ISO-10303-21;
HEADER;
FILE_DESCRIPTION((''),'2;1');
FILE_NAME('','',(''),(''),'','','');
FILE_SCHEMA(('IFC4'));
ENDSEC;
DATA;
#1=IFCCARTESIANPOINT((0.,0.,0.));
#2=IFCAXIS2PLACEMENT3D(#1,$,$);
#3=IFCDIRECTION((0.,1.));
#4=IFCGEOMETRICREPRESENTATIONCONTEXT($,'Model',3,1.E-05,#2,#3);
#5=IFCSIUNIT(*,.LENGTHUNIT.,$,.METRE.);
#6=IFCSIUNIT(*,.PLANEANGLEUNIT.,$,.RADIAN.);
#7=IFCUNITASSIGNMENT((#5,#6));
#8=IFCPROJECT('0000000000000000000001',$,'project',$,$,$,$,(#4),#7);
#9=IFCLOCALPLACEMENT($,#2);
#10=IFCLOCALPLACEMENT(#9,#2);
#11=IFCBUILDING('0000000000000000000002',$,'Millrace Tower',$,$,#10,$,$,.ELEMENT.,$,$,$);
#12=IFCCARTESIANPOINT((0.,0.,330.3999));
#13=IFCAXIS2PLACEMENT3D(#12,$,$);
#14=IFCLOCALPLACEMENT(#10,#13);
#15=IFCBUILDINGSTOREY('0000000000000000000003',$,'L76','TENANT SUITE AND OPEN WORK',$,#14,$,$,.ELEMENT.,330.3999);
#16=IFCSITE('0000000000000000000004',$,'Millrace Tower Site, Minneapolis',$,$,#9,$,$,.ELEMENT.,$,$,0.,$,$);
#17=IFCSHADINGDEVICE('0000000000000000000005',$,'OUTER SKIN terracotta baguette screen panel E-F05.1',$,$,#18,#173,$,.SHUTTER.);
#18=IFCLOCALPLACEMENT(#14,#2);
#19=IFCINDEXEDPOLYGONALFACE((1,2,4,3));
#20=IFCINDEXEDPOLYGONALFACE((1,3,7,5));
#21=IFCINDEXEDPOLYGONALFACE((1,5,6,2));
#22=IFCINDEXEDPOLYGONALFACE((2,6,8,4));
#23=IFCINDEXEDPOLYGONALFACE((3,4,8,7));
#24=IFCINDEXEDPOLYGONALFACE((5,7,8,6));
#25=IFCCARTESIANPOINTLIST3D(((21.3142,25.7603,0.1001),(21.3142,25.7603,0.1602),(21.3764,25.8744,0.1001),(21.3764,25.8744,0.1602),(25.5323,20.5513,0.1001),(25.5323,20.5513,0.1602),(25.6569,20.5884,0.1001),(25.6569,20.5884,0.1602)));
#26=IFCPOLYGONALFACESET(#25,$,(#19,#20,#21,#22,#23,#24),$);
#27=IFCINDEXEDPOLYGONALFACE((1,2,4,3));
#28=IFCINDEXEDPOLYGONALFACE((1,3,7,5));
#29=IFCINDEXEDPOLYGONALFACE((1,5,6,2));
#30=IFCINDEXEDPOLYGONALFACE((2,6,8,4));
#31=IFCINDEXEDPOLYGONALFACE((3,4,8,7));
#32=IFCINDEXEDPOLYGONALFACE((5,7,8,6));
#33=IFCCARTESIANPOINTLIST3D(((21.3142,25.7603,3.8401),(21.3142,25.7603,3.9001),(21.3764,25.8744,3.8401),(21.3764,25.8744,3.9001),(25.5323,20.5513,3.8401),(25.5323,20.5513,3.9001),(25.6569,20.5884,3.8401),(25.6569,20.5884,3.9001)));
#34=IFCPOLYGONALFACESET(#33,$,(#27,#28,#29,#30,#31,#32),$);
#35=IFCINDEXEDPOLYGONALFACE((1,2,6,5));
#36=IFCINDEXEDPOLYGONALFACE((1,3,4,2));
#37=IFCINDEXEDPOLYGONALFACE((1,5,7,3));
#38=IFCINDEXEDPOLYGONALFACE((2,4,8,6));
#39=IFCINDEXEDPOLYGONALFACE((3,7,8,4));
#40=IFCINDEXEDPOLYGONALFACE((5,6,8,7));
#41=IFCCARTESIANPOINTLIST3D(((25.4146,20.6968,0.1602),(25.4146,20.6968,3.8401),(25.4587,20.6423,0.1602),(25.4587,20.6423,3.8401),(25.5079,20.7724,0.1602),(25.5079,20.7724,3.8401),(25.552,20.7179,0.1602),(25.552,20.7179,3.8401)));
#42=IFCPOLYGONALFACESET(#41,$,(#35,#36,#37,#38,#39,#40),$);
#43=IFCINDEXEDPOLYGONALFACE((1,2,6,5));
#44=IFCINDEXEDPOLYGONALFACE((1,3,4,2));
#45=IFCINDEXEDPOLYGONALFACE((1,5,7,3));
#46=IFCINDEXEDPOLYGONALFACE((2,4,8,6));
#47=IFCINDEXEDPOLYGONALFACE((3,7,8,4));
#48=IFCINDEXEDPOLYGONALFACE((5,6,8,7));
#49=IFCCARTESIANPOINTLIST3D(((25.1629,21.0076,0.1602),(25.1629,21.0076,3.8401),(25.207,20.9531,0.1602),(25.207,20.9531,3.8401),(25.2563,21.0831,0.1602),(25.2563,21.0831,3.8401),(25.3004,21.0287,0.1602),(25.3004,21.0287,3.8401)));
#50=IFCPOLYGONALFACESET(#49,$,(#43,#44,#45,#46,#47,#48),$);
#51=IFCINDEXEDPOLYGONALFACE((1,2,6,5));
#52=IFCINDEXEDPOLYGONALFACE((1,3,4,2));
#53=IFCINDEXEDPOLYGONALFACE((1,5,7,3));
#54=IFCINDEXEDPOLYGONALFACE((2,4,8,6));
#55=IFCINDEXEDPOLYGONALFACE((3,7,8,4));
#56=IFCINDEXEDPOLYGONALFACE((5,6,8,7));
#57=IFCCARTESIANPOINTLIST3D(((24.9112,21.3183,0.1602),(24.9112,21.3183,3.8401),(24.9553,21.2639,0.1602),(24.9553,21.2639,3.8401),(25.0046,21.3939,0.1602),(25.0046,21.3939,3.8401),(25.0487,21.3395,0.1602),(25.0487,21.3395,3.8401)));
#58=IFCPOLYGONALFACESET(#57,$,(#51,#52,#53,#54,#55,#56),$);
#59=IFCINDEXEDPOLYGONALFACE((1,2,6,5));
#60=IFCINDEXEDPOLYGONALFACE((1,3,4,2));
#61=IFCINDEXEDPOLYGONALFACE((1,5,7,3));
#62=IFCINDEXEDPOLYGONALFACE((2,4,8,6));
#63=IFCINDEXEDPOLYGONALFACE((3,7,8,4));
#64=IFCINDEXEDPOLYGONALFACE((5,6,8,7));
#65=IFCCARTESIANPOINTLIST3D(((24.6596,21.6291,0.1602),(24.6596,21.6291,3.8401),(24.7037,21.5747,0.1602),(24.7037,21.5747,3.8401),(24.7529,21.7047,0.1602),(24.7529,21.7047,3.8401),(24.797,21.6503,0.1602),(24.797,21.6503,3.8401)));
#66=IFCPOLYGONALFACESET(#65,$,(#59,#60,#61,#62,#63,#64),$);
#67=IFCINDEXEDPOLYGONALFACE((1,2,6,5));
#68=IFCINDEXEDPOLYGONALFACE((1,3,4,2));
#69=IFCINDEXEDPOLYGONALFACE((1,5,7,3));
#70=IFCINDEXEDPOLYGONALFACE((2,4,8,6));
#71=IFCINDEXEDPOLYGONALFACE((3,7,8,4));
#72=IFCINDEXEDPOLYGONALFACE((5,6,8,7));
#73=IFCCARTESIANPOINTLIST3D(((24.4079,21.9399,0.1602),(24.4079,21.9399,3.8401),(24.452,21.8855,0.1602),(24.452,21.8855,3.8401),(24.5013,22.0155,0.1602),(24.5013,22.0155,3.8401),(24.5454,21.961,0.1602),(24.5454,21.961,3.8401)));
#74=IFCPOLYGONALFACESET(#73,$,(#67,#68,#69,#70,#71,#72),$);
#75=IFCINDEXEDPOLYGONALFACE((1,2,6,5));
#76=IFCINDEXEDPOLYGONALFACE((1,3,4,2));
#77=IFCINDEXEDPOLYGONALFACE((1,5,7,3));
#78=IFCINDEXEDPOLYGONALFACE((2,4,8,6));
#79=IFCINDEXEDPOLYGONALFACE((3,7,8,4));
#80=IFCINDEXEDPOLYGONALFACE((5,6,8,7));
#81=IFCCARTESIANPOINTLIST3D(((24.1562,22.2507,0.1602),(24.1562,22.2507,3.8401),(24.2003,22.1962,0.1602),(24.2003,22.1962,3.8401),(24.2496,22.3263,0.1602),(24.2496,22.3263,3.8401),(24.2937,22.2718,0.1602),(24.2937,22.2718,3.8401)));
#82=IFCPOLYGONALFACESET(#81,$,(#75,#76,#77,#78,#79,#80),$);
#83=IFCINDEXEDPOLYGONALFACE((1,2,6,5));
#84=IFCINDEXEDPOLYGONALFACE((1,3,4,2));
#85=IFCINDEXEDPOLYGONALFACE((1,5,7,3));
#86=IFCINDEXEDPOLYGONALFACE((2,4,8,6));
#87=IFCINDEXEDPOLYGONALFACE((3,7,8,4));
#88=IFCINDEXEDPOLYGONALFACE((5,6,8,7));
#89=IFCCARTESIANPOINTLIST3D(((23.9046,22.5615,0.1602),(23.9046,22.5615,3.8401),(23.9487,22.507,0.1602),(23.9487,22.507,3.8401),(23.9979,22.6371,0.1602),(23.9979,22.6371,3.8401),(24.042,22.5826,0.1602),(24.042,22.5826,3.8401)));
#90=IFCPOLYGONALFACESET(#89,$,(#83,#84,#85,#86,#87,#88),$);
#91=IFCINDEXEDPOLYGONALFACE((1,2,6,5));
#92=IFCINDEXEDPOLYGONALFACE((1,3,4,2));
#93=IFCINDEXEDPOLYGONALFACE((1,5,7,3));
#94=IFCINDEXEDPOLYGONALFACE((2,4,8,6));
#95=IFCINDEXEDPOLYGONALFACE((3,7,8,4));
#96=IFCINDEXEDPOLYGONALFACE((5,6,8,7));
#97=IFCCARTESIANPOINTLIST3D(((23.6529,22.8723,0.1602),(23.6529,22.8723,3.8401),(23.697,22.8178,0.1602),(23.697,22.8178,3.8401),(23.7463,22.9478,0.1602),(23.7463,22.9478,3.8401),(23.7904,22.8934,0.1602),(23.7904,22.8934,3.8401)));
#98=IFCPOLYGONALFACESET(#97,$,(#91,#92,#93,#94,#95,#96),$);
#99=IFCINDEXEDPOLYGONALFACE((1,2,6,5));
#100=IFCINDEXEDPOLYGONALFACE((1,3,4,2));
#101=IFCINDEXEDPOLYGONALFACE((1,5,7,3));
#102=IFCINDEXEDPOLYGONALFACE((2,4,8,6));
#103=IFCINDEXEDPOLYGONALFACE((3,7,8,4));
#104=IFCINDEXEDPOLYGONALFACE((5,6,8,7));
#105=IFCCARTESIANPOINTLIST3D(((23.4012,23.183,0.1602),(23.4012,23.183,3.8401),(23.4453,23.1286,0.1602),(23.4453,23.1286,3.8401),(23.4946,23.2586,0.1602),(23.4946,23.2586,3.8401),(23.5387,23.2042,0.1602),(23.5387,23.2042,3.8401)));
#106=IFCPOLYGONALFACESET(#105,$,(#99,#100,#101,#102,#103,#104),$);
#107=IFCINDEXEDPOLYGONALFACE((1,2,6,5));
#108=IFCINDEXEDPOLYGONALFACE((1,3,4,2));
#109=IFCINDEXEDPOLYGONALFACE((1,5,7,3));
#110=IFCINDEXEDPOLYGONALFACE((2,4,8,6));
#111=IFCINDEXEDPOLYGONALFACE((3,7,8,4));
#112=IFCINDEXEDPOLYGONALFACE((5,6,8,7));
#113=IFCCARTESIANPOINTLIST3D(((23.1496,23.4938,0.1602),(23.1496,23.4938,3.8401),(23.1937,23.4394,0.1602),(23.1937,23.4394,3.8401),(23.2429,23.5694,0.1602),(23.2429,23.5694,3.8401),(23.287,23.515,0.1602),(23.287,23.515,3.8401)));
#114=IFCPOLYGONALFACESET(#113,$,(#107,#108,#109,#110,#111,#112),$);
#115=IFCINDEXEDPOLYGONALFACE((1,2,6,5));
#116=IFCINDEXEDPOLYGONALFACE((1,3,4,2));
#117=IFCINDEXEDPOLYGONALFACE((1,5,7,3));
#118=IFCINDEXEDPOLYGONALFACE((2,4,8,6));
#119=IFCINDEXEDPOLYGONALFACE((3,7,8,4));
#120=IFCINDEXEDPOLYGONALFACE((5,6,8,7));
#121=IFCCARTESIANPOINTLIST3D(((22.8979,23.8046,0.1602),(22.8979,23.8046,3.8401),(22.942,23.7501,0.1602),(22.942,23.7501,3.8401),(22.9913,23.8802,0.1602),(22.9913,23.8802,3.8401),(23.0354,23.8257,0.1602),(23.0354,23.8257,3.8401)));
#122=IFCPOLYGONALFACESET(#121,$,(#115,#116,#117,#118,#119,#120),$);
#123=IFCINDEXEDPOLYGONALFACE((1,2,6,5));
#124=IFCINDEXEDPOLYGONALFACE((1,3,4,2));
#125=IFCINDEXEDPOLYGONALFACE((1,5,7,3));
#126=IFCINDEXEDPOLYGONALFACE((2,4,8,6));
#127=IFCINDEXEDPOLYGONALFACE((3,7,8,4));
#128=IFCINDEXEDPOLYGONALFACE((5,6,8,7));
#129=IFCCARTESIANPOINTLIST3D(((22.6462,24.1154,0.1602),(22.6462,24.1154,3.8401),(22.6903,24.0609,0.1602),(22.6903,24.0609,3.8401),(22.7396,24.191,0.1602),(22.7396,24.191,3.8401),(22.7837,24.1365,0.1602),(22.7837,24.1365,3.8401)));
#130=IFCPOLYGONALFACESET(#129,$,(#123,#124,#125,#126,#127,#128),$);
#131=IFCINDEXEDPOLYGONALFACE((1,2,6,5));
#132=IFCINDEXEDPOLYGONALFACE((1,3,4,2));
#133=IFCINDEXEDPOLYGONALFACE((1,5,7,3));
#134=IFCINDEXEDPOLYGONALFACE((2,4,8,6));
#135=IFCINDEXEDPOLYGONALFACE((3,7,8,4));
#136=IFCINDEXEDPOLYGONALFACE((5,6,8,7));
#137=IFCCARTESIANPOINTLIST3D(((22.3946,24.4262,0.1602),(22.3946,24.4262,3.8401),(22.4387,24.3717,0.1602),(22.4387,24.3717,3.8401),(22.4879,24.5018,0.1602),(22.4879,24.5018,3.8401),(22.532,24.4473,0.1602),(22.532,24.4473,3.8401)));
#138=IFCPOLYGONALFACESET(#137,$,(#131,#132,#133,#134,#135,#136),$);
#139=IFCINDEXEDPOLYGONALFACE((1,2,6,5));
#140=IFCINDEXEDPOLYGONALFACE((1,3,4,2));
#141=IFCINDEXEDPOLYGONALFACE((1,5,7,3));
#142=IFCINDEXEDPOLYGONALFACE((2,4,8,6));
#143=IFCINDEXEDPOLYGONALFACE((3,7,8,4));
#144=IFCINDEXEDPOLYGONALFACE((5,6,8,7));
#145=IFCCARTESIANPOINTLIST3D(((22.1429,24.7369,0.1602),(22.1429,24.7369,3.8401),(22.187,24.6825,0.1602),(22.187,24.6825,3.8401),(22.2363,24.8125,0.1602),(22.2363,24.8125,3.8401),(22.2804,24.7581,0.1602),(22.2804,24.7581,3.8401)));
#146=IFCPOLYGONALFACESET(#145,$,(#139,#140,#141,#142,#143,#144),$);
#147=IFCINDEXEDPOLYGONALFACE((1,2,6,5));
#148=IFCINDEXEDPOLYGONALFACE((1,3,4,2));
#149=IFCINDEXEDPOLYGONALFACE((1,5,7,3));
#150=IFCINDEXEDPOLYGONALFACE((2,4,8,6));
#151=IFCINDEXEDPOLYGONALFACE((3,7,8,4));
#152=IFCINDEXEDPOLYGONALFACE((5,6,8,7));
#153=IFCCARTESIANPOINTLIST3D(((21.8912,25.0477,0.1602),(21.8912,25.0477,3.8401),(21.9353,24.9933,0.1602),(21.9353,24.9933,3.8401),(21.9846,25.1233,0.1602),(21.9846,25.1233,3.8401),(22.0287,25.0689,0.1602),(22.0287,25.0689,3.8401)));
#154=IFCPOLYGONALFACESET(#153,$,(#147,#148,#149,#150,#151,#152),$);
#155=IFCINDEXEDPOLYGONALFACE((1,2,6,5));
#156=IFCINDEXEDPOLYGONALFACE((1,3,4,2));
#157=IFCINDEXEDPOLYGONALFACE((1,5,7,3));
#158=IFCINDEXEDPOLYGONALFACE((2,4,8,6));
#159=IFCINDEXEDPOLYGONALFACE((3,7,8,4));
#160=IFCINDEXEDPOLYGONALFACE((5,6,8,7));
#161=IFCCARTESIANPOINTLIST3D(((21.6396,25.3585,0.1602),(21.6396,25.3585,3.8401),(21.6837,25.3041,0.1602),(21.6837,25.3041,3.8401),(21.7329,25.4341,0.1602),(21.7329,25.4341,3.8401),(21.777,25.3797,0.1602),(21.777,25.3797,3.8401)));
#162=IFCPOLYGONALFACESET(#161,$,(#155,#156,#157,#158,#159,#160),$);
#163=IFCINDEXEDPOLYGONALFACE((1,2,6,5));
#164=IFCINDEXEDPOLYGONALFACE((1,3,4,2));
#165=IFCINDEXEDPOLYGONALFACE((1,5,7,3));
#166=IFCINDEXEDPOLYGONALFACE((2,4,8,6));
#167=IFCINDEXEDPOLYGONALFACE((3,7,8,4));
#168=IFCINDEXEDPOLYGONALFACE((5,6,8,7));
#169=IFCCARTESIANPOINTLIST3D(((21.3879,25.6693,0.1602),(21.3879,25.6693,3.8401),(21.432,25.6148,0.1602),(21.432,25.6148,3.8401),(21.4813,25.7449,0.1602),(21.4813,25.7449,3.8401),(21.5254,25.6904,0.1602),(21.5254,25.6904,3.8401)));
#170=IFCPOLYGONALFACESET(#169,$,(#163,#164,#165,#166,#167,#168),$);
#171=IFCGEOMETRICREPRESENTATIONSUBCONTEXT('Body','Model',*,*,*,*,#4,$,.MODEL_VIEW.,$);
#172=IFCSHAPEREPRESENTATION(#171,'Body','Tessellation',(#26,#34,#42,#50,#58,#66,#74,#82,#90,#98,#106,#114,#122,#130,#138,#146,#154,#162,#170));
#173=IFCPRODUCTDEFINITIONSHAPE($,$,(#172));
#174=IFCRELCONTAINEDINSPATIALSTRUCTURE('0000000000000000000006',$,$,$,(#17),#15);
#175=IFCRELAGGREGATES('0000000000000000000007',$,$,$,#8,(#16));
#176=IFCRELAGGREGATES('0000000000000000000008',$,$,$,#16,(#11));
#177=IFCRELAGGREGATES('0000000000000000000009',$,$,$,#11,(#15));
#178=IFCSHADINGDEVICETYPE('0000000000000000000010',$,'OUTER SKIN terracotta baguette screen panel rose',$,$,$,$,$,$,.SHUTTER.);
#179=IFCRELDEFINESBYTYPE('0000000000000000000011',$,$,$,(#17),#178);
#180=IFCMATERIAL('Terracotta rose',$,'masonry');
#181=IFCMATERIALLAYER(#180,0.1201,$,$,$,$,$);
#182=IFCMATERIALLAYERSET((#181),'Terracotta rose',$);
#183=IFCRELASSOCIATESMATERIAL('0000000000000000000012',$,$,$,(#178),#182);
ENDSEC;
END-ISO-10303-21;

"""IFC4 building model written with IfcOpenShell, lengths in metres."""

from ifc_helpers import new_model, entity, si_unit, direction, frame, frame_2d, origin, origin_2d, place, context, subcontext, project, spatial, rectangle, extrude, source, transform, mapped, material, layer, layer_set, type_object, element, save


model = new_model("IFC4")

# Units and contexts
model_context = context("Model", 3, precision=1e-05, world=origin(), true_north=direction((0.0, 1.0)))
body_context = subcontext(model_context, "Body", "Model", "MODEL_VIEW")
ifc_project = project(units=[si_unit("LENGTHUNIT", "METRE"), si_unit("PLANEANGLEUNIT", "RADIAN")], contexts=[model_context])

# Site, building, storey
site_placement = place(None, origin())
site = spatial("IfcSite", under=ifc_project, at=site_placement, Name="Millrace Tower Site, Minneapolis", CompositionType="ELEMENT", RefElevation=0.0)
building_placement = place(site_placement, origin())
building = spatial("IfcBuilding", under=site, at=building_placement, Name="Millrace Tower", CompositionType="ELEMENT")
storey_placement = place(building_placement, frame((0.0, 0.0, 330.3999)))
storey = spatial("IfcBuildingStorey", under=building, at=storey_placement, Name="L76", Description="TENANT SUITE AND OPEN WORK", CompositionType="ELEMENT", Elevation=330.3999)

# Shading device
ifc_material_1 = material(Name="Terracotta rose", Category="masonry")
ifc_layer_1 = layer(ifc_material_1, 0.1201)
ifc_layer_set_1 = layer_set([ifc_layer_1], Name="Terracotta rose")
shading_device_type = type_object("IfcShadingDeviceType", Name="OUTER SKIN terracotta baguette screen panel rose", PredefinedType="SHUTTER", material=ifc_layer_set_1)
cartesian_point_1 = entity("IfcCartesianPoint", [-3.3513, 0.0601])
shared_polyline_1 = entity("IfcPolyline", [cartesian_point_1, entity("IfcCartesianPoint", [3.3513, 0.0601]), entity("IfcCartesianPoint", [3.4009, -0.0601]), entity("IfcCartesianPoint", [-3.4009, -0.0601]), cartesian_point_1])
shared_shape_1 = source(origin(), body_context, "Body", "SweptSolid", [
    entity("IfcExtrudedAreaSolid", entity("IfcArbitraryClosedProfileDef", "AREA", None, shared_polyline_1), entity("IfcAxis2Placement3D", entity("IfcCartesianPoint", [0.0, 0.0, 0.0])), entity("IfcDirection", [0.0, 0.0, 1.0]), 0.0601),
    entity("IfcExtrudedAreaSolid", entity("IfcArbitraryClosedProfileDef", "AREA", None, shared_polyline_1), entity("IfcAxis2Placement3D", entity("IfcCartesianPoint", [0.0, 0.0, 3.74])), entity("IfcDirection", [0.0, 0.0, 1.0]), 0.0601),
    extrude(rectangle(XDim=0.0701, YDim=0.1201, at=frame_2d((-3.1992, 0.0))), frame((0.0, 0.0, 0.0601)), (0.0, 0.0, 1.0), 3.6799),
    extrude(rectangle(XDim=0.0701, YDim=0.1201, at=frame_2d((-2.7993, 0.0))), frame((0.0, 0.0, 0.0601)), (0.0, 0.0, 1.0), 3.6799),
    extrude(rectangle(XDim=0.0701, YDim=0.1201, at=frame_2d((-2.3994, 0.0))), frame((0.0, 0.0, 0.0601)), (0.0, 0.0, 1.0), 3.6799),
    extrude(rectangle(XDim=0.0701, YDim=0.1201, at=frame_2d((-1.9995, 0.0))), frame((0.0, 0.0, 0.0601)), (0.0, 0.0, 1.0), 3.6799),
    extrude(rectangle(XDim=0.0701, YDim=0.1201, at=frame_2d((-1.5996, 0.0))), frame((0.0, 0.0, 0.0601)), (0.0, 0.0, 1.0), 3.6799),
    extrude(rectangle(XDim=0.0701, YDim=0.1201, at=frame_2d((-1.1997, 0.0))), frame((0.0, 0.0, 0.0601)), (0.0, 0.0, 1.0), 3.6799),
    extrude(rectangle(XDim=0.0701, YDim=0.1201, at=frame_2d((-0.7998, 0.0))), frame((0.0, 0.0, 0.0601)), (0.0, 0.0, 1.0), 3.6799),
    extrude(rectangle(XDim=0.0701, YDim=0.1201, at=frame_2d((-0.3999, 0.0))), frame((0.0, 0.0, 0.0601)), (0.0, 0.0, 1.0), 3.6799),
    extrude(rectangle(XDim=0.0701, YDim=0.1201, at=origin_2d()), frame((0.0, 0.0, 0.0601)), (0.0, 0.0, 1.0), 3.6799),
    extrude(rectangle(XDim=0.0701, YDim=0.1201, at=frame_2d((0.3999, 0.0))), frame((0.0, 0.0, 0.0601)), (0.0, 0.0, 1.0), 3.6799),
    extrude(rectangle(XDim=0.0701, YDim=0.1201, at=frame_2d((0.7998, 0.0))), frame((0.0, 0.0, 0.0601)), (0.0, 0.0, 1.0), 3.6799),
    extrude(rectangle(XDim=0.0701, YDim=0.1201, at=frame_2d((1.1997, 0.0))), frame((0.0, 0.0, 0.0601)), (0.0, 0.0, 1.0), 3.6799),
    extrude(rectangle(XDim=0.0701, YDim=0.1201, at=frame_2d((1.5996, 0.0))), frame((0.0, 0.0, 0.0601)), (0.0, 0.0, 1.0), 3.6799),
    extrude(rectangle(XDim=0.0701, YDim=0.1201, at=frame_2d((1.9995, 0.0))), frame((0.0, 0.0, 0.0601)), (0.0, 0.0, 1.0), 3.6799),
    extrude(rectangle(XDim=0.0701, YDim=0.1201, at=frame_2d((2.3994, 0.0))), frame((0.0, 0.0, 0.0601)), (0.0, 0.0, 1.0), 3.6799),
    extrude(rectangle(XDim=0.0701, YDim=0.1201, at=frame_2d((2.7993, 0.0))), frame((0.0, 0.0, 0.0601)), (0.0, 0.0, 1.0), 3.6799),
    extrude(rectangle(XDim=0.0701, YDim=0.1201, at=frame_2d((3.1992, 0.0))), frame((0.0, 0.0, 0.0601)), (0.0, 0.0, 1.0), 3.6799),
])
shading_device_1_placement = place(storey_placement, frame((23.47, 23.1936, 0.1001), z_axis=(0.0, 0.0, 1.0), x_axis=(-0.62932, 0.777146, 0.0)))
element("IfcShadingDevice", 1, at=shading_device_1_placement, inside=storey, type_object=shading_device_type, Name="OUTER SKIN terracotta baguette screen panel E-F05.1", PredefinedType="SHUTTER", context=body_context, shape_type="MappedRepresentation", body=[
    mapped(shared_shape_1, transform((0.0, 0.0, 0.0), scale=1.0)),
])

save(model, "model.ifc")
